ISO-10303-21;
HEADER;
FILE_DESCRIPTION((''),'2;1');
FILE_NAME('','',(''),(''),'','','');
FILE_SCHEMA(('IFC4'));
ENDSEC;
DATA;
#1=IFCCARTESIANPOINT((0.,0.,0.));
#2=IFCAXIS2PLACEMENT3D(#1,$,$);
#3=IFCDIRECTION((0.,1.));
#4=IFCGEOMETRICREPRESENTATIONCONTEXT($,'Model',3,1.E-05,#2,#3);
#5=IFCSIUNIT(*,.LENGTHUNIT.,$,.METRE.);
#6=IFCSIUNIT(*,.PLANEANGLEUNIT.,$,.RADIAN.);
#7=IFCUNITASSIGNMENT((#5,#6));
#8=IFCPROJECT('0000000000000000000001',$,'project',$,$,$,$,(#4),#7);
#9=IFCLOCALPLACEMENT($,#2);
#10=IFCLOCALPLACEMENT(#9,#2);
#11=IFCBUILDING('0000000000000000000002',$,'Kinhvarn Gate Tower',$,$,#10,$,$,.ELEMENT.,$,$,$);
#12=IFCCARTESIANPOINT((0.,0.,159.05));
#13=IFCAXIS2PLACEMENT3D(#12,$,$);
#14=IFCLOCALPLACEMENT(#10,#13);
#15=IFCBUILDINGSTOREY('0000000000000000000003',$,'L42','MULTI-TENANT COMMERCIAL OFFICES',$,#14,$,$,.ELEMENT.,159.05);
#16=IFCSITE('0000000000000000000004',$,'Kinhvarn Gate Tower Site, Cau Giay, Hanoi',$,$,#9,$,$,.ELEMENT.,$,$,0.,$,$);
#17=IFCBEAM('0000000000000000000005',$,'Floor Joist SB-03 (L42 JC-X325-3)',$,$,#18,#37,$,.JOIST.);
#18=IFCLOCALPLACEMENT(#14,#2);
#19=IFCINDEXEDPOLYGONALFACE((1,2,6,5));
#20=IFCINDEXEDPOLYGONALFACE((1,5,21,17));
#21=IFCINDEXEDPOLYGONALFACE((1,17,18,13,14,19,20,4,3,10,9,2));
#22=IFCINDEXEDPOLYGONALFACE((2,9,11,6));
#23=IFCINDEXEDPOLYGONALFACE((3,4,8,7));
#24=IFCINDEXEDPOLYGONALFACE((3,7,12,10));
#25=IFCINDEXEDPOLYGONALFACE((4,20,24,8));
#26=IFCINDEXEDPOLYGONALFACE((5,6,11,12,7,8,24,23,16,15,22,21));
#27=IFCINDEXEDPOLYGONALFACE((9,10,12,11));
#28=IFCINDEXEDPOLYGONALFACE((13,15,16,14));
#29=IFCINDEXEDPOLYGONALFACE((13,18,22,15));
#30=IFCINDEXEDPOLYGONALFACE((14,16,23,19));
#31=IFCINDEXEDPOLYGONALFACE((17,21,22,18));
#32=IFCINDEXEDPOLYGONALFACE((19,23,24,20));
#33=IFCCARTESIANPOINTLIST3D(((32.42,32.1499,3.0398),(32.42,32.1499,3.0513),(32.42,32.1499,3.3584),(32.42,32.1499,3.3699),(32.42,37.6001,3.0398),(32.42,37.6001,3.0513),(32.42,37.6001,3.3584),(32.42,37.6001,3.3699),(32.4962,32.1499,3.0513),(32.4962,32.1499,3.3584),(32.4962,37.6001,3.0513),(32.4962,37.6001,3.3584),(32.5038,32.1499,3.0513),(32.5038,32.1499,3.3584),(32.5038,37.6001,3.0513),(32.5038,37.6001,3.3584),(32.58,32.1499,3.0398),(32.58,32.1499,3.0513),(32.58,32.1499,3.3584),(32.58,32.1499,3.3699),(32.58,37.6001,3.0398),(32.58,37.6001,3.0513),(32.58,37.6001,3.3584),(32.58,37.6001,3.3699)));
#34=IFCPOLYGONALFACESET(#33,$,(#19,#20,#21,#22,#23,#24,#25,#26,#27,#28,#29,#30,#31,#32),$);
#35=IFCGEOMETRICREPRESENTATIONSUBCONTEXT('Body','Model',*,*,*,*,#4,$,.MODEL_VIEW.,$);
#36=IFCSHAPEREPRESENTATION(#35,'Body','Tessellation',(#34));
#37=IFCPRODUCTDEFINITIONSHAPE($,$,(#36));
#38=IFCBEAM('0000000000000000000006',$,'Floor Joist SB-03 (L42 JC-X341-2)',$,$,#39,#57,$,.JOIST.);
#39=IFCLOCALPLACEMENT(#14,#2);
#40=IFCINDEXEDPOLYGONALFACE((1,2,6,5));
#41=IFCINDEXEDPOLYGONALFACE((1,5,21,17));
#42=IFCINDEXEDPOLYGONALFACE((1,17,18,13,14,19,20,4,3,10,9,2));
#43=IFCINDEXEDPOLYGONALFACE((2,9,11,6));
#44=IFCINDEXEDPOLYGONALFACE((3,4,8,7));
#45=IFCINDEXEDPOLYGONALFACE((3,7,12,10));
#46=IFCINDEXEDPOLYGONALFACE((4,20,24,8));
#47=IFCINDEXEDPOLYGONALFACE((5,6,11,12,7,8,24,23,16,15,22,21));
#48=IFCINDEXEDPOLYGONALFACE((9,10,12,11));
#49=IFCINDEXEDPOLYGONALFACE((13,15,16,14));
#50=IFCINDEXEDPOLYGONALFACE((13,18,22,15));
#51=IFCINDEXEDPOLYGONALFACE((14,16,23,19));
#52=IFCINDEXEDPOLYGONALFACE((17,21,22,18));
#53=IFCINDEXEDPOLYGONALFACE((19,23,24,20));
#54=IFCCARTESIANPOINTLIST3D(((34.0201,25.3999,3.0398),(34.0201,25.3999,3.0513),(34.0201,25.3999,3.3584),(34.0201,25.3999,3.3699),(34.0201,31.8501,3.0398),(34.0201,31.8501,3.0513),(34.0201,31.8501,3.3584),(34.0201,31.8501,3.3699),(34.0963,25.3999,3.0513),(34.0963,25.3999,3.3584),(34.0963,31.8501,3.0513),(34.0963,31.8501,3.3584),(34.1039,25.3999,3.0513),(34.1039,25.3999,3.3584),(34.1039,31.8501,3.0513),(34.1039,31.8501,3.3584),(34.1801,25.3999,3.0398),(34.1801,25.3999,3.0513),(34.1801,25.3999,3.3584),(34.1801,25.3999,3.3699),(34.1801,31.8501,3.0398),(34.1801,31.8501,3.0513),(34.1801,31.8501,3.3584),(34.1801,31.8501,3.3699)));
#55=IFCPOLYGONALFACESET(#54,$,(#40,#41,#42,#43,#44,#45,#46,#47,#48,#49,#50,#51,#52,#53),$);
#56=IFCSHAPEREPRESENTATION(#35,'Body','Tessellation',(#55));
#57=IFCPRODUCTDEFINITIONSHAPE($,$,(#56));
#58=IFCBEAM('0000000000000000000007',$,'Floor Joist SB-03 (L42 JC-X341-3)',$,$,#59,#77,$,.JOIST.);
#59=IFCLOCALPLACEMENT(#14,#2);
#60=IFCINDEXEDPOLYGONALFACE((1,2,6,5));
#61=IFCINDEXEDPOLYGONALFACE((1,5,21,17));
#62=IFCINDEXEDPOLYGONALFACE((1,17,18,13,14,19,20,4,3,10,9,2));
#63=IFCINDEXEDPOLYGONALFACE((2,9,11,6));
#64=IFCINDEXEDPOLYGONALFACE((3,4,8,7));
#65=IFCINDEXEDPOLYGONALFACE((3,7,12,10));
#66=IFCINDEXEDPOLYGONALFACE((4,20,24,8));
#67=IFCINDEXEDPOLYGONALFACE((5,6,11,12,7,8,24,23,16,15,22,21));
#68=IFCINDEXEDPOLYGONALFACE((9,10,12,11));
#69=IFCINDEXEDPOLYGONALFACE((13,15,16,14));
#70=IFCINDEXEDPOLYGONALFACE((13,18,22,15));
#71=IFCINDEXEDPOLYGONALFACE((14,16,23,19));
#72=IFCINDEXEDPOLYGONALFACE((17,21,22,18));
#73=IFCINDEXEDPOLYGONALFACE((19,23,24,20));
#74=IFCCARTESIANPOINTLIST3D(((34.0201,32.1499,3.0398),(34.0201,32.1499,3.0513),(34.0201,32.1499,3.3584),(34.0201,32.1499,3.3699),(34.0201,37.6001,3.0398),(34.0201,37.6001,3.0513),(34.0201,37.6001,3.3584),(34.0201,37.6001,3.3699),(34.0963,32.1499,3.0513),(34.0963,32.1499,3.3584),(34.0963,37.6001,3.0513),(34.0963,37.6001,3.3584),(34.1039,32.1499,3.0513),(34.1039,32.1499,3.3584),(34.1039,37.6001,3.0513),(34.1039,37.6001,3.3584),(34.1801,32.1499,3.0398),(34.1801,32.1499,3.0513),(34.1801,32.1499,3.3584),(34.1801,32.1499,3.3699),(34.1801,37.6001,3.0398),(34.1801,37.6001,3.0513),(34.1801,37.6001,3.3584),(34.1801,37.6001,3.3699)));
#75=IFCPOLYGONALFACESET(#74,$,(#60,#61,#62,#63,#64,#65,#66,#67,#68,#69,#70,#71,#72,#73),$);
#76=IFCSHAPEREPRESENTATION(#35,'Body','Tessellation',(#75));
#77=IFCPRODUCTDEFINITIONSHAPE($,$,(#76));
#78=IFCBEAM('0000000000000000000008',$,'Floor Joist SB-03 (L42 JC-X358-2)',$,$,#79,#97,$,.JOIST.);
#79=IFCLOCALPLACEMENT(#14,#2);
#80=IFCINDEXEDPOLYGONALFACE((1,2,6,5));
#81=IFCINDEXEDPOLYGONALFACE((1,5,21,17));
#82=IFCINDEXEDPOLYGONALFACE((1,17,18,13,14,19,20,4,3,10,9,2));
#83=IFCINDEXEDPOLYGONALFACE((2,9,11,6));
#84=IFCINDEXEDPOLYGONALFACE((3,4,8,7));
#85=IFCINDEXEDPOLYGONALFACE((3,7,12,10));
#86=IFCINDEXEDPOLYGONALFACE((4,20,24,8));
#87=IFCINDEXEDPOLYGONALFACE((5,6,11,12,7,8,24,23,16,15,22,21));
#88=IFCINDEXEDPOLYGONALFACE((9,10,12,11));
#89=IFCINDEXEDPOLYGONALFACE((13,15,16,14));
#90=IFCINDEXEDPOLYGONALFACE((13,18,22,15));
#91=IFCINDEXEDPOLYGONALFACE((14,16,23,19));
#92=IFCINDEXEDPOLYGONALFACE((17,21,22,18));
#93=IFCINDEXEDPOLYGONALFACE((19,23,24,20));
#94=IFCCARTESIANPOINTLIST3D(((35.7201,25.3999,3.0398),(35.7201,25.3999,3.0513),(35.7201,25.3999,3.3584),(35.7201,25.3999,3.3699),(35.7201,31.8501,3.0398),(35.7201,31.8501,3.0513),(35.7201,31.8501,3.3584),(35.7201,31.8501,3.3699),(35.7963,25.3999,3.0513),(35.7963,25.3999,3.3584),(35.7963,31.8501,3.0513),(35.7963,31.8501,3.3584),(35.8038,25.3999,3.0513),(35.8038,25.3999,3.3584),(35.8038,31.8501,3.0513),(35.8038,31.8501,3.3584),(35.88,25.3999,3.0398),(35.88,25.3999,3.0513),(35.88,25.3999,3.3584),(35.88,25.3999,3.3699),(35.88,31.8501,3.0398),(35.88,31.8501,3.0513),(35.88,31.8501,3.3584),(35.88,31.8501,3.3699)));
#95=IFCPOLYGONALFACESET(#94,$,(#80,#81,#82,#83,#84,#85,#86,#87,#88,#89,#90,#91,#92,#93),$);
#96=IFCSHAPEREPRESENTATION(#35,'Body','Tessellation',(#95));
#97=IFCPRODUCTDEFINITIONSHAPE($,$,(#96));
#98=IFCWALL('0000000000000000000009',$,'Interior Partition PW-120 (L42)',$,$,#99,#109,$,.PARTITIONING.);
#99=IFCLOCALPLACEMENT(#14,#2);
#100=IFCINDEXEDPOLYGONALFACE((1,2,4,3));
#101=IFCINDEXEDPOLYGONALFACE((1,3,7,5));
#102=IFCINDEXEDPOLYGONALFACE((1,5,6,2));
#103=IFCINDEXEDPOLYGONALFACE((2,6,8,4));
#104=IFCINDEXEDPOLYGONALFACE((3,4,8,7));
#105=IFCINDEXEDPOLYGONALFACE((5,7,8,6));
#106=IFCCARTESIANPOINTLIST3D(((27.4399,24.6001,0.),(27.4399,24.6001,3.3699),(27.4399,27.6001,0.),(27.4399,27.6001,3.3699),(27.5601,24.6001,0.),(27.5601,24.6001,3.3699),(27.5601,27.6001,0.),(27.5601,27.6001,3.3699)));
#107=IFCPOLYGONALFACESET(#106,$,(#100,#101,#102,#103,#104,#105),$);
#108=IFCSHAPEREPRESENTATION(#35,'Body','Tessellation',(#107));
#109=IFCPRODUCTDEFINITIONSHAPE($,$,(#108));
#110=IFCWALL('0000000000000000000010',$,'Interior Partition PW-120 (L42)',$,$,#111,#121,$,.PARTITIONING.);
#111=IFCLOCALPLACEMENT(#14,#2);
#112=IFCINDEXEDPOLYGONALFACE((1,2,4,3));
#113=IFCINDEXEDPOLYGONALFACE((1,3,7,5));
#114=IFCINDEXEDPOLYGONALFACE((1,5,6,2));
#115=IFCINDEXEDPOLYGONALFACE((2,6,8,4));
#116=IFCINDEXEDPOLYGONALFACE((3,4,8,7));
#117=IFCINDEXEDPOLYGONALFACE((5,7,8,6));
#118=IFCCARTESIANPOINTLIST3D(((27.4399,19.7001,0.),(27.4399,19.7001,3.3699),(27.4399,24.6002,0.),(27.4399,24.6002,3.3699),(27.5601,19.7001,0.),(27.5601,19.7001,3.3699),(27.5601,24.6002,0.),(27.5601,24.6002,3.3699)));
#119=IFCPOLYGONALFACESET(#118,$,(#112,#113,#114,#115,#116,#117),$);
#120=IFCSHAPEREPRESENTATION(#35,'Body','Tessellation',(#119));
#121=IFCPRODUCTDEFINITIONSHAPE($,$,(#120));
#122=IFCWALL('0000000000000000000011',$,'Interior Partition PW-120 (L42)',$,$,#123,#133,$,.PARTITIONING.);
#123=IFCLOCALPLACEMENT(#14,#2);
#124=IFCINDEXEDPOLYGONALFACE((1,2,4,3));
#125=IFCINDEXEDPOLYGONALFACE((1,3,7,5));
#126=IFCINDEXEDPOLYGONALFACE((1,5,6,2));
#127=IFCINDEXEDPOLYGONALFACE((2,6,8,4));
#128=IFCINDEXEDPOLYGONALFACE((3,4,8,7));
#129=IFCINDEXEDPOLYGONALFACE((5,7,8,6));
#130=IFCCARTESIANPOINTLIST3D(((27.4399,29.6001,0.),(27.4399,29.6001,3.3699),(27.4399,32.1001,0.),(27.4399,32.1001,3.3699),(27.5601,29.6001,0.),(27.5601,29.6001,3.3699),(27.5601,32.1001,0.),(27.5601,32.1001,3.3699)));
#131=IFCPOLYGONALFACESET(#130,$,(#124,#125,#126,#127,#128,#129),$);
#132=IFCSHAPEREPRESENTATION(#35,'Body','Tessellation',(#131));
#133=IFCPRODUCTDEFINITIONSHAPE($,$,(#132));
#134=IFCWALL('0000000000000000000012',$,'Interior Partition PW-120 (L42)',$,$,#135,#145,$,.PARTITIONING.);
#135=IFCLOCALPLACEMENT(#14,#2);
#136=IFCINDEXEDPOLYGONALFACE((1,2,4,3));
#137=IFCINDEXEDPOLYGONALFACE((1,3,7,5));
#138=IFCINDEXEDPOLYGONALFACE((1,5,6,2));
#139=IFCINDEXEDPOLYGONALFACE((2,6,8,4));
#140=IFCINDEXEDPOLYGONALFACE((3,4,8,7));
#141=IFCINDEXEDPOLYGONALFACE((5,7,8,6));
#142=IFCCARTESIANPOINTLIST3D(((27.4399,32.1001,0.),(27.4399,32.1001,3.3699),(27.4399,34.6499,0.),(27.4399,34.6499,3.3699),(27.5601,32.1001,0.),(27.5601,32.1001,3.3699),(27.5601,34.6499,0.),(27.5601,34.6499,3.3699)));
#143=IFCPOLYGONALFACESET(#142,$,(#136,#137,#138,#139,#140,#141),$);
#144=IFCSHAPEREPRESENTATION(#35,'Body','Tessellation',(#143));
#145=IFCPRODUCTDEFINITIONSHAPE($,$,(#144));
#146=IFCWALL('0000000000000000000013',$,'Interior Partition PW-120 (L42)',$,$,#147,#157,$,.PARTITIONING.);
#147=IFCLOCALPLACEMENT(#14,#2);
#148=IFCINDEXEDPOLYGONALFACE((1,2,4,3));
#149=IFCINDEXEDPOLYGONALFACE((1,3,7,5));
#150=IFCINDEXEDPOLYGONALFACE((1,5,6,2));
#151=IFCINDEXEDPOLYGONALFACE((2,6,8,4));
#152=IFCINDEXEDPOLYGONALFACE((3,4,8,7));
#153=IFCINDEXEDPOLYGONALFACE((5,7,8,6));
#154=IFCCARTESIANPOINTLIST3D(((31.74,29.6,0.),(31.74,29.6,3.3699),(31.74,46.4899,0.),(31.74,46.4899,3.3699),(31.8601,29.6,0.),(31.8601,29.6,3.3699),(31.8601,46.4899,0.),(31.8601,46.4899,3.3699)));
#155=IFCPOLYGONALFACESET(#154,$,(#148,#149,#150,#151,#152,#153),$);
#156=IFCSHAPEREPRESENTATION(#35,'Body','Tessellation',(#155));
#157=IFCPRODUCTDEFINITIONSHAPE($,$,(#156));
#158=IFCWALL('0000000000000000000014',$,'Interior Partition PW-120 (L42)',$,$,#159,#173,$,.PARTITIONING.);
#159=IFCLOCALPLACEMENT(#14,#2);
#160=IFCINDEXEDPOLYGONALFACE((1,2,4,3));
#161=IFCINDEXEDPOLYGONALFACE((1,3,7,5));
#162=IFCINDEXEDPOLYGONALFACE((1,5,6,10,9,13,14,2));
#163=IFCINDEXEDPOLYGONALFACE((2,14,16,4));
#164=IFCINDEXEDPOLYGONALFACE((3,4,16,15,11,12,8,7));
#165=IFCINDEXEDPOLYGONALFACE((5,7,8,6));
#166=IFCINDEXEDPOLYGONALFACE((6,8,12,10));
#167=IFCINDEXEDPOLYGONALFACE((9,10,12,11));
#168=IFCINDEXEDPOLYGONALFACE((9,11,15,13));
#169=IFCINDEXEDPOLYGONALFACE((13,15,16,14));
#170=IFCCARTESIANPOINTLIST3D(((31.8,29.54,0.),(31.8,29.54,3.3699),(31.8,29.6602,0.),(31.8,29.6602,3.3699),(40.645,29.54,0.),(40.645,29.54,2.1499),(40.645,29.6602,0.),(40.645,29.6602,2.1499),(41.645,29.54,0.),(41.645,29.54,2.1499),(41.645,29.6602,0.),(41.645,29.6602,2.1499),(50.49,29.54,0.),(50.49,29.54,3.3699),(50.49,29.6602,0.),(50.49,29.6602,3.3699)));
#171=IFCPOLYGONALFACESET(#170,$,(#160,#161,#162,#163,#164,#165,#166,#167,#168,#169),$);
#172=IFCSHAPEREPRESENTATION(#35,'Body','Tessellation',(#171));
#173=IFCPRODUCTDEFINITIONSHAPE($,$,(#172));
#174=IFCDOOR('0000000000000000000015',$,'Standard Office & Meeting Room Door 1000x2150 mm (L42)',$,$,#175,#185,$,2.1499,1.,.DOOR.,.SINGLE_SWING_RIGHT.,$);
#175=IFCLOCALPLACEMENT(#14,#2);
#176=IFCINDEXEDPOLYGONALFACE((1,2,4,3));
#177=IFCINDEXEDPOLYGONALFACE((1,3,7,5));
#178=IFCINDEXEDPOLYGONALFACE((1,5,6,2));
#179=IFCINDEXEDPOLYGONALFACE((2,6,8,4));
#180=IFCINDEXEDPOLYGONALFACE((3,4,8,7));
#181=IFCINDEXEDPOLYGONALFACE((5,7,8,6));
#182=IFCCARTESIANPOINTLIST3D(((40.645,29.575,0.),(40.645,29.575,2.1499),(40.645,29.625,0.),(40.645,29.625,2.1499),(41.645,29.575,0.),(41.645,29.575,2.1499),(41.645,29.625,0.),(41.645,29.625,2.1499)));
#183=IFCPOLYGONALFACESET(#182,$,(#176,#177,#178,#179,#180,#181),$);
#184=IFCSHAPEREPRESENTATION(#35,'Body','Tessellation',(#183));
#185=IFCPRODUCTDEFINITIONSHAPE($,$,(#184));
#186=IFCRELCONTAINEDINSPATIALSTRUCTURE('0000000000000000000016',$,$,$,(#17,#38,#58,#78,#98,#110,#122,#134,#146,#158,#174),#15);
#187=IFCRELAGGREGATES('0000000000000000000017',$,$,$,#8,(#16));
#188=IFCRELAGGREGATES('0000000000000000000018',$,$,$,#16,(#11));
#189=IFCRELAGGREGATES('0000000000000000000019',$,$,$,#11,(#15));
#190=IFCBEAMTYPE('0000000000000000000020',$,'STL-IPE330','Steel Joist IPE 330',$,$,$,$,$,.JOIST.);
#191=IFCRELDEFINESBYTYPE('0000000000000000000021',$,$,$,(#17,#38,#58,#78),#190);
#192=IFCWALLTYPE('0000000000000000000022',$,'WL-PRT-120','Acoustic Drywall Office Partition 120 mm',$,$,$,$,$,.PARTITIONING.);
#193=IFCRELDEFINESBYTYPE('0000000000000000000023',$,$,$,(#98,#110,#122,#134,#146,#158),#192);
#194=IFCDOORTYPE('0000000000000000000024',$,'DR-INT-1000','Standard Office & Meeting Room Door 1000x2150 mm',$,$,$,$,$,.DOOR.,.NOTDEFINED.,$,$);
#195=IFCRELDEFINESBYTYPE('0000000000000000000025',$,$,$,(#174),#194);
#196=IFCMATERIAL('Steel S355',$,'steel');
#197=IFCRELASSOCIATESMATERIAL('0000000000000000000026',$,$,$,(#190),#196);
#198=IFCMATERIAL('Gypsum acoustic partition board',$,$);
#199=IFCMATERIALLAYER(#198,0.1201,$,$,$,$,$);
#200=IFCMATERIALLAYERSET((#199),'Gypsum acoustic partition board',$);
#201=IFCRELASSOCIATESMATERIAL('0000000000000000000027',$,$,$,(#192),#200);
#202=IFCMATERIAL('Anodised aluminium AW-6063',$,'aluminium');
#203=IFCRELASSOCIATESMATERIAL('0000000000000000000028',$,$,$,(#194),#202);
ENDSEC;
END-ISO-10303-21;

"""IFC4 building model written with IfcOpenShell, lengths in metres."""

from ifc_helpers import new_model, si_unit, direction, frame, frame_2d, origin, origin_2d, place, context, subcontext, project, spatial, rectangle, i_section, extrude, material, layer, layer_set, material_profile, profile_set, type_object, element, fill, save


model = new_model("IFC4")

# Units and contexts
model_context = context("Model", 3, precision=1e-05, world=origin(), true_north=direction((0.0, 1.0)))
body_context = subcontext(model_context, "Body", "Model", "MODEL_VIEW")
ifc_project = project(units=[si_unit("LENGTHUNIT", "METRE"), si_unit("PLANEANGLEUNIT", "RADIAN")], contexts=[model_context])

# Site, building, storey
site_placement = place(None, origin())
site = spatial("IfcSite", under=ifc_project, at=site_placement, Name="Kinhvarn Gate Tower Site, Cau Giay, Hanoi", CompositionType="ELEMENT", RefElevation=0.0)
building_placement = place(site_placement, origin())
building = spatial("IfcBuilding", under=site, at=building_placement, Name="Kinhvarn Gate Tower", CompositionType="ELEMENT")
storey_placement = place(building_placement, frame((0.0, 0.0, 159.05)))
storey = spatial("IfcBuildingStorey", under=building, at=storey_placement, Name="L42", Description="MULTI-TENANT COMMERCIAL OFFICES", CompositionType="ELEMENT", Elevation=159.05)

# Beams
ifc_material_1 = material(Name="Steel S355", Category="steel")
ifc_material_profile = material_profile(ifc_material_1, i_section(OverallWidth=0.1599, OverallDepth=0.3301, WebThickness=0.0076, FlangeThickness=0.0115, at=origin_2d()), Name="IPE 330")
ifc_profile_set = profile_set([ifc_material_profile], Name="Steel S355")
beam_type = type_object("IfcBeamType", Name="STL-IPE330", Description="Steel Joist IPE 330", PredefinedType="JOIST", material=ifc_profile_set)
beam_1_placement = place(storey_placement, frame((32.5, 32.1499, 3.2048), z_axis=(0.0, 1.0, 0.0), x_axis=(-1.0, 0.0, 0.0)))
element("IfcBeam", 1, at=beam_1_placement, inside=storey, type_object=beam_type, Name="Floor Joist SB-03 (L42 JC-X325-3)", PredefinedType="JOIST", context=body_context, shape_type="SweptSolid", body=[
    extrude(i_section(OverallWidth=0.1599, OverallDepth=0.3301, WebThickness=0.0076, FlangeThickness=0.0115, at=origin_2d()), origin(), (0.0, 0.0, 1.0), 5.4502),
])
beam_2_placement = place(storey_placement, frame((34.1001, 25.3999, 3.2048), z_axis=(0.0, 1.0, 0.0), x_axis=(-1.0, 0.0, 0.0)))
element("IfcBeam", 2, at=beam_2_placement, inside=storey, type_object=beam_type, Name="Floor Joist SB-03 (L42 JC-X341-2)", PredefinedType="JOIST", context=body_context, shape_type="SweptSolid", body=[
    extrude(i_section(OverallWidth=0.1599, OverallDepth=0.3301, WebThickness=0.0076, FlangeThickness=0.0115, at=origin_2d()), origin(), (0.0, 0.0, 1.0), 6.4502),
])
beam_3_placement = place(storey_placement, frame((34.1001, 32.1499, 3.2048), z_axis=(0.0, 1.0, 0.0), x_axis=(-1.0, 0.0, 0.0)))
element("IfcBeam", 3, at=beam_3_placement, inside=storey, type_object=beam_type, Name="Floor Joist SB-03 (L42 JC-X341-3)", PredefinedType="JOIST", context=body_context, shape_type="SweptSolid", body=[
    extrude(i_section(OverallWidth=0.1599, OverallDepth=0.3301, WebThickness=0.0076, FlangeThickness=0.0115, at=origin_2d()), origin(), (0.0, 0.0, 1.0), 5.4502),
])
beam_4_placement = place(storey_placement, frame((35.8, 25.3999, 3.2048), z_axis=(0.0, 1.0, 0.0), x_axis=(-1.0, 0.0, 0.0)))
element("IfcBeam", 4, at=beam_4_placement, inside=storey, type_object=beam_type, Name="Floor Joist SB-03 (L42 JC-X358-2)", PredefinedType="JOIST", context=body_context, shape_type="SweptSolid", body=[
    extrude(i_section(OverallWidth=0.1599, OverallDepth=0.3301, WebThickness=0.0076, FlangeThickness=0.0115, at=origin_2d()), origin(), (0.0, 0.0, 1.0), 6.4502),
])

# Walls
ifc_material_2 = material(Name="Gypsum acoustic partition board")
ifc_layer_1 = layer(ifc_material_2, 0.1201)
ifc_layer_set_1 = layer_set([ifc_layer_1], Name="Gypsum acoustic partition board")
wall_type_1 = type_object("IfcWallType", Name="WL-PRT-120", Description="Acoustic Drywall Office Partition 120 mm", PredefinedType="PARTITIONING", material=ifc_layer_set_1)
wall_1_placement = place(storey_placement, frame((27.5, 24.6001, 0.0), z_axis=(0.0, 0.0, 1.0), x_axis=(0.0, 1.0, 0.0)))
element("IfcWall", 5, at=wall_1_placement, inside=storey, type_object=wall_type_1, Name="Interior Partition PW-120 (L42)", PredefinedType="PARTITIONING", context=body_context, shape_type="SweptSolid", body=[
    extrude(rectangle(XDim=3.0, YDim=0.1201, at=frame_2d((1.5, 0.0))), origin(), (0.0, 0.0, 1.0), 3.3699),
])
wall_2_placement = place(storey_placement, frame((27.5, 19.7, 0.0), z_axis=(0.0, 0.0, 1.0), x_axis=(0.0, 1.0, 0.0)))
element("IfcWall", 6, at=wall_2_placement, inside=storey, type_object=wall_type_1, Name="Interior Partition PW-120 (L42)", PredefinedType="PARTITIONING", context=body_context, shape_type="SweptSolid", body=[
    extrude(rectangle(XDim=4.9001, YDim=0.1201, at=frame_2d((2.4502, 0.0))), origin(), (0.0, 0.0, 1.0), 3.3699),
])
wall_3_placement = place(storey_placement, frame((27.5, 29.6001, 0.0), z_axis=(0.0, 0.0, 1.0), x_axis=(0.0, 1.0, 0.0)))
element("IfcWall", 7, at=wall_3_placement, inside=storey, type_object=wall_type_1, Name="Interior Partition PW-120 (L42)", PredefinedType="PARTITIONING", context=body_context, shape_type="SweptSolid", body=[
    extrude(rectangle(XDim=2.5, YDim=0.1201, at=frame_2d((1.25, 0.0))), origin(), (0.0, 0.0, 1.0), 3.3699),
])
wall_4_placement = place(storey_placement, frame((27.5, 32.1001, 0.0), z_axis=(0.0, 0.0, 1.0), x_axis=(0.0, 1.0, 0.0)))
element("IfcWall", 8, at=wall_4_placement, inside=storey, type_object=wall_type_1, Name="Interior Partition PW-120 (L42)", PredefinedType="PARTITIONING", context=body_context, shape_type="SweptSolid", body=[
    extrude(rectangle(XDim=2.5498, YDim=0.1201, at=frame_2d((1.2749, 0.0))), origin(), (0.0, 0.0, 1.0), 3.3699),
])
wall_5_placement = place(storey_placement, frame((31.8, 29.6001, 0.0), z_axis=(0.0, 0.0, 1.0), x_axis=(0.0, 1.0, 0.0)))
element("IfcWall", 9, at=wall_5_placement, inside=storey, type_object=wall_type_1, Name="Interior Partition PW-120 (L42)", PredefinedType="PARTITIONING", context=body_context, shape_type="SweptSolid", body=[
    extrude(rectangle(XDim=16.8899, YDim=0.1201, at=frame_2d((8.4448, 0.0))), origin(), (0.0, 0.0, 1.0), 3.3699),
])

# Wall, opening, door
wall_6_placement = place(storey_placement, frame((31.8, 29.6001, 0.0), z_axis=(0.0, 0.0, 1.0), x_axis=(1.0, 0.0, 0.0)))
wall_6 = element("IfcWall", 10, at=wall_6_placement, inside=storey, type_object=wall_type_1, Name="Interior Partition PW-120 (L42)", PredefinedType="PARTITIONING", context=body_context, shape_type="SweptSolid", body=[
    extrude(rectangle(XDim=18.6899, YDim=0.1201, at=frame_2d((9.345, 0.0))), origin(), (0.0, 0.0, 1.0), 3.3699),
])
opening_1_placement = place(wall_6_placement, frame((8.845, 0.0, 0.0)))
opening_1 = element("IfcOpeningElement", 11, at=opening_1_placement, cuts=wall_6, PredefinedType="OPENING", context=body_context, shape_type="SweptSolid", body=[
    extrude(rectangle(XDim=1.0, YDim=2.1499, at=frame_2d((0.5, 1.075))), frame((0.0, 0.0701, 0.0), z_axis=(0.0, -1.0, 0.0), x_axis=(1.0, 0.0, 0.0)), (0.0, 0.0, 1.0), 0.1401),
])
ifc_material_3 = material(Name="Anodised aluminium AW-6063", Category="aluminium")
door_type_1 = type_object("IfcDoorType", Name="DR-INT-1000", Description="Standard Office & Meeting Room Door 1000x2150 mm", OperationType="NOTDEFINED", PredefinedType="DOOR", material=ifc_material_3)
door_1_placement = place(opening_1_placement, origin())
door_1 = element("IfcDoor", 12, at=door_1_placement, inside=storey, type_object=door_type_1, Name="Standard Office & Meeting Room Door 1000x2150 mm (L42)", OperationType="SINGLE_SWING_RIGHT", OverallHeight=2.1499, OverallWidth=1.0, PredefinedType="DOOR", context=body_context, shape_type="SweptSolid", body=[
    extrude(rectangle(XDim=1.0, YDim=2.1499, at=frame_2d((0.5, 1.075))), frame((0.0, 0.0249, 0.0), z_axis=(0.0, -1.0, 0.0), x_axis=(1.0, 0.0, 0.0)), (0.0, 0.0, 1.0), 0.05),
])
fill(opening_1, door_1)

save(model, "model.ifc")
